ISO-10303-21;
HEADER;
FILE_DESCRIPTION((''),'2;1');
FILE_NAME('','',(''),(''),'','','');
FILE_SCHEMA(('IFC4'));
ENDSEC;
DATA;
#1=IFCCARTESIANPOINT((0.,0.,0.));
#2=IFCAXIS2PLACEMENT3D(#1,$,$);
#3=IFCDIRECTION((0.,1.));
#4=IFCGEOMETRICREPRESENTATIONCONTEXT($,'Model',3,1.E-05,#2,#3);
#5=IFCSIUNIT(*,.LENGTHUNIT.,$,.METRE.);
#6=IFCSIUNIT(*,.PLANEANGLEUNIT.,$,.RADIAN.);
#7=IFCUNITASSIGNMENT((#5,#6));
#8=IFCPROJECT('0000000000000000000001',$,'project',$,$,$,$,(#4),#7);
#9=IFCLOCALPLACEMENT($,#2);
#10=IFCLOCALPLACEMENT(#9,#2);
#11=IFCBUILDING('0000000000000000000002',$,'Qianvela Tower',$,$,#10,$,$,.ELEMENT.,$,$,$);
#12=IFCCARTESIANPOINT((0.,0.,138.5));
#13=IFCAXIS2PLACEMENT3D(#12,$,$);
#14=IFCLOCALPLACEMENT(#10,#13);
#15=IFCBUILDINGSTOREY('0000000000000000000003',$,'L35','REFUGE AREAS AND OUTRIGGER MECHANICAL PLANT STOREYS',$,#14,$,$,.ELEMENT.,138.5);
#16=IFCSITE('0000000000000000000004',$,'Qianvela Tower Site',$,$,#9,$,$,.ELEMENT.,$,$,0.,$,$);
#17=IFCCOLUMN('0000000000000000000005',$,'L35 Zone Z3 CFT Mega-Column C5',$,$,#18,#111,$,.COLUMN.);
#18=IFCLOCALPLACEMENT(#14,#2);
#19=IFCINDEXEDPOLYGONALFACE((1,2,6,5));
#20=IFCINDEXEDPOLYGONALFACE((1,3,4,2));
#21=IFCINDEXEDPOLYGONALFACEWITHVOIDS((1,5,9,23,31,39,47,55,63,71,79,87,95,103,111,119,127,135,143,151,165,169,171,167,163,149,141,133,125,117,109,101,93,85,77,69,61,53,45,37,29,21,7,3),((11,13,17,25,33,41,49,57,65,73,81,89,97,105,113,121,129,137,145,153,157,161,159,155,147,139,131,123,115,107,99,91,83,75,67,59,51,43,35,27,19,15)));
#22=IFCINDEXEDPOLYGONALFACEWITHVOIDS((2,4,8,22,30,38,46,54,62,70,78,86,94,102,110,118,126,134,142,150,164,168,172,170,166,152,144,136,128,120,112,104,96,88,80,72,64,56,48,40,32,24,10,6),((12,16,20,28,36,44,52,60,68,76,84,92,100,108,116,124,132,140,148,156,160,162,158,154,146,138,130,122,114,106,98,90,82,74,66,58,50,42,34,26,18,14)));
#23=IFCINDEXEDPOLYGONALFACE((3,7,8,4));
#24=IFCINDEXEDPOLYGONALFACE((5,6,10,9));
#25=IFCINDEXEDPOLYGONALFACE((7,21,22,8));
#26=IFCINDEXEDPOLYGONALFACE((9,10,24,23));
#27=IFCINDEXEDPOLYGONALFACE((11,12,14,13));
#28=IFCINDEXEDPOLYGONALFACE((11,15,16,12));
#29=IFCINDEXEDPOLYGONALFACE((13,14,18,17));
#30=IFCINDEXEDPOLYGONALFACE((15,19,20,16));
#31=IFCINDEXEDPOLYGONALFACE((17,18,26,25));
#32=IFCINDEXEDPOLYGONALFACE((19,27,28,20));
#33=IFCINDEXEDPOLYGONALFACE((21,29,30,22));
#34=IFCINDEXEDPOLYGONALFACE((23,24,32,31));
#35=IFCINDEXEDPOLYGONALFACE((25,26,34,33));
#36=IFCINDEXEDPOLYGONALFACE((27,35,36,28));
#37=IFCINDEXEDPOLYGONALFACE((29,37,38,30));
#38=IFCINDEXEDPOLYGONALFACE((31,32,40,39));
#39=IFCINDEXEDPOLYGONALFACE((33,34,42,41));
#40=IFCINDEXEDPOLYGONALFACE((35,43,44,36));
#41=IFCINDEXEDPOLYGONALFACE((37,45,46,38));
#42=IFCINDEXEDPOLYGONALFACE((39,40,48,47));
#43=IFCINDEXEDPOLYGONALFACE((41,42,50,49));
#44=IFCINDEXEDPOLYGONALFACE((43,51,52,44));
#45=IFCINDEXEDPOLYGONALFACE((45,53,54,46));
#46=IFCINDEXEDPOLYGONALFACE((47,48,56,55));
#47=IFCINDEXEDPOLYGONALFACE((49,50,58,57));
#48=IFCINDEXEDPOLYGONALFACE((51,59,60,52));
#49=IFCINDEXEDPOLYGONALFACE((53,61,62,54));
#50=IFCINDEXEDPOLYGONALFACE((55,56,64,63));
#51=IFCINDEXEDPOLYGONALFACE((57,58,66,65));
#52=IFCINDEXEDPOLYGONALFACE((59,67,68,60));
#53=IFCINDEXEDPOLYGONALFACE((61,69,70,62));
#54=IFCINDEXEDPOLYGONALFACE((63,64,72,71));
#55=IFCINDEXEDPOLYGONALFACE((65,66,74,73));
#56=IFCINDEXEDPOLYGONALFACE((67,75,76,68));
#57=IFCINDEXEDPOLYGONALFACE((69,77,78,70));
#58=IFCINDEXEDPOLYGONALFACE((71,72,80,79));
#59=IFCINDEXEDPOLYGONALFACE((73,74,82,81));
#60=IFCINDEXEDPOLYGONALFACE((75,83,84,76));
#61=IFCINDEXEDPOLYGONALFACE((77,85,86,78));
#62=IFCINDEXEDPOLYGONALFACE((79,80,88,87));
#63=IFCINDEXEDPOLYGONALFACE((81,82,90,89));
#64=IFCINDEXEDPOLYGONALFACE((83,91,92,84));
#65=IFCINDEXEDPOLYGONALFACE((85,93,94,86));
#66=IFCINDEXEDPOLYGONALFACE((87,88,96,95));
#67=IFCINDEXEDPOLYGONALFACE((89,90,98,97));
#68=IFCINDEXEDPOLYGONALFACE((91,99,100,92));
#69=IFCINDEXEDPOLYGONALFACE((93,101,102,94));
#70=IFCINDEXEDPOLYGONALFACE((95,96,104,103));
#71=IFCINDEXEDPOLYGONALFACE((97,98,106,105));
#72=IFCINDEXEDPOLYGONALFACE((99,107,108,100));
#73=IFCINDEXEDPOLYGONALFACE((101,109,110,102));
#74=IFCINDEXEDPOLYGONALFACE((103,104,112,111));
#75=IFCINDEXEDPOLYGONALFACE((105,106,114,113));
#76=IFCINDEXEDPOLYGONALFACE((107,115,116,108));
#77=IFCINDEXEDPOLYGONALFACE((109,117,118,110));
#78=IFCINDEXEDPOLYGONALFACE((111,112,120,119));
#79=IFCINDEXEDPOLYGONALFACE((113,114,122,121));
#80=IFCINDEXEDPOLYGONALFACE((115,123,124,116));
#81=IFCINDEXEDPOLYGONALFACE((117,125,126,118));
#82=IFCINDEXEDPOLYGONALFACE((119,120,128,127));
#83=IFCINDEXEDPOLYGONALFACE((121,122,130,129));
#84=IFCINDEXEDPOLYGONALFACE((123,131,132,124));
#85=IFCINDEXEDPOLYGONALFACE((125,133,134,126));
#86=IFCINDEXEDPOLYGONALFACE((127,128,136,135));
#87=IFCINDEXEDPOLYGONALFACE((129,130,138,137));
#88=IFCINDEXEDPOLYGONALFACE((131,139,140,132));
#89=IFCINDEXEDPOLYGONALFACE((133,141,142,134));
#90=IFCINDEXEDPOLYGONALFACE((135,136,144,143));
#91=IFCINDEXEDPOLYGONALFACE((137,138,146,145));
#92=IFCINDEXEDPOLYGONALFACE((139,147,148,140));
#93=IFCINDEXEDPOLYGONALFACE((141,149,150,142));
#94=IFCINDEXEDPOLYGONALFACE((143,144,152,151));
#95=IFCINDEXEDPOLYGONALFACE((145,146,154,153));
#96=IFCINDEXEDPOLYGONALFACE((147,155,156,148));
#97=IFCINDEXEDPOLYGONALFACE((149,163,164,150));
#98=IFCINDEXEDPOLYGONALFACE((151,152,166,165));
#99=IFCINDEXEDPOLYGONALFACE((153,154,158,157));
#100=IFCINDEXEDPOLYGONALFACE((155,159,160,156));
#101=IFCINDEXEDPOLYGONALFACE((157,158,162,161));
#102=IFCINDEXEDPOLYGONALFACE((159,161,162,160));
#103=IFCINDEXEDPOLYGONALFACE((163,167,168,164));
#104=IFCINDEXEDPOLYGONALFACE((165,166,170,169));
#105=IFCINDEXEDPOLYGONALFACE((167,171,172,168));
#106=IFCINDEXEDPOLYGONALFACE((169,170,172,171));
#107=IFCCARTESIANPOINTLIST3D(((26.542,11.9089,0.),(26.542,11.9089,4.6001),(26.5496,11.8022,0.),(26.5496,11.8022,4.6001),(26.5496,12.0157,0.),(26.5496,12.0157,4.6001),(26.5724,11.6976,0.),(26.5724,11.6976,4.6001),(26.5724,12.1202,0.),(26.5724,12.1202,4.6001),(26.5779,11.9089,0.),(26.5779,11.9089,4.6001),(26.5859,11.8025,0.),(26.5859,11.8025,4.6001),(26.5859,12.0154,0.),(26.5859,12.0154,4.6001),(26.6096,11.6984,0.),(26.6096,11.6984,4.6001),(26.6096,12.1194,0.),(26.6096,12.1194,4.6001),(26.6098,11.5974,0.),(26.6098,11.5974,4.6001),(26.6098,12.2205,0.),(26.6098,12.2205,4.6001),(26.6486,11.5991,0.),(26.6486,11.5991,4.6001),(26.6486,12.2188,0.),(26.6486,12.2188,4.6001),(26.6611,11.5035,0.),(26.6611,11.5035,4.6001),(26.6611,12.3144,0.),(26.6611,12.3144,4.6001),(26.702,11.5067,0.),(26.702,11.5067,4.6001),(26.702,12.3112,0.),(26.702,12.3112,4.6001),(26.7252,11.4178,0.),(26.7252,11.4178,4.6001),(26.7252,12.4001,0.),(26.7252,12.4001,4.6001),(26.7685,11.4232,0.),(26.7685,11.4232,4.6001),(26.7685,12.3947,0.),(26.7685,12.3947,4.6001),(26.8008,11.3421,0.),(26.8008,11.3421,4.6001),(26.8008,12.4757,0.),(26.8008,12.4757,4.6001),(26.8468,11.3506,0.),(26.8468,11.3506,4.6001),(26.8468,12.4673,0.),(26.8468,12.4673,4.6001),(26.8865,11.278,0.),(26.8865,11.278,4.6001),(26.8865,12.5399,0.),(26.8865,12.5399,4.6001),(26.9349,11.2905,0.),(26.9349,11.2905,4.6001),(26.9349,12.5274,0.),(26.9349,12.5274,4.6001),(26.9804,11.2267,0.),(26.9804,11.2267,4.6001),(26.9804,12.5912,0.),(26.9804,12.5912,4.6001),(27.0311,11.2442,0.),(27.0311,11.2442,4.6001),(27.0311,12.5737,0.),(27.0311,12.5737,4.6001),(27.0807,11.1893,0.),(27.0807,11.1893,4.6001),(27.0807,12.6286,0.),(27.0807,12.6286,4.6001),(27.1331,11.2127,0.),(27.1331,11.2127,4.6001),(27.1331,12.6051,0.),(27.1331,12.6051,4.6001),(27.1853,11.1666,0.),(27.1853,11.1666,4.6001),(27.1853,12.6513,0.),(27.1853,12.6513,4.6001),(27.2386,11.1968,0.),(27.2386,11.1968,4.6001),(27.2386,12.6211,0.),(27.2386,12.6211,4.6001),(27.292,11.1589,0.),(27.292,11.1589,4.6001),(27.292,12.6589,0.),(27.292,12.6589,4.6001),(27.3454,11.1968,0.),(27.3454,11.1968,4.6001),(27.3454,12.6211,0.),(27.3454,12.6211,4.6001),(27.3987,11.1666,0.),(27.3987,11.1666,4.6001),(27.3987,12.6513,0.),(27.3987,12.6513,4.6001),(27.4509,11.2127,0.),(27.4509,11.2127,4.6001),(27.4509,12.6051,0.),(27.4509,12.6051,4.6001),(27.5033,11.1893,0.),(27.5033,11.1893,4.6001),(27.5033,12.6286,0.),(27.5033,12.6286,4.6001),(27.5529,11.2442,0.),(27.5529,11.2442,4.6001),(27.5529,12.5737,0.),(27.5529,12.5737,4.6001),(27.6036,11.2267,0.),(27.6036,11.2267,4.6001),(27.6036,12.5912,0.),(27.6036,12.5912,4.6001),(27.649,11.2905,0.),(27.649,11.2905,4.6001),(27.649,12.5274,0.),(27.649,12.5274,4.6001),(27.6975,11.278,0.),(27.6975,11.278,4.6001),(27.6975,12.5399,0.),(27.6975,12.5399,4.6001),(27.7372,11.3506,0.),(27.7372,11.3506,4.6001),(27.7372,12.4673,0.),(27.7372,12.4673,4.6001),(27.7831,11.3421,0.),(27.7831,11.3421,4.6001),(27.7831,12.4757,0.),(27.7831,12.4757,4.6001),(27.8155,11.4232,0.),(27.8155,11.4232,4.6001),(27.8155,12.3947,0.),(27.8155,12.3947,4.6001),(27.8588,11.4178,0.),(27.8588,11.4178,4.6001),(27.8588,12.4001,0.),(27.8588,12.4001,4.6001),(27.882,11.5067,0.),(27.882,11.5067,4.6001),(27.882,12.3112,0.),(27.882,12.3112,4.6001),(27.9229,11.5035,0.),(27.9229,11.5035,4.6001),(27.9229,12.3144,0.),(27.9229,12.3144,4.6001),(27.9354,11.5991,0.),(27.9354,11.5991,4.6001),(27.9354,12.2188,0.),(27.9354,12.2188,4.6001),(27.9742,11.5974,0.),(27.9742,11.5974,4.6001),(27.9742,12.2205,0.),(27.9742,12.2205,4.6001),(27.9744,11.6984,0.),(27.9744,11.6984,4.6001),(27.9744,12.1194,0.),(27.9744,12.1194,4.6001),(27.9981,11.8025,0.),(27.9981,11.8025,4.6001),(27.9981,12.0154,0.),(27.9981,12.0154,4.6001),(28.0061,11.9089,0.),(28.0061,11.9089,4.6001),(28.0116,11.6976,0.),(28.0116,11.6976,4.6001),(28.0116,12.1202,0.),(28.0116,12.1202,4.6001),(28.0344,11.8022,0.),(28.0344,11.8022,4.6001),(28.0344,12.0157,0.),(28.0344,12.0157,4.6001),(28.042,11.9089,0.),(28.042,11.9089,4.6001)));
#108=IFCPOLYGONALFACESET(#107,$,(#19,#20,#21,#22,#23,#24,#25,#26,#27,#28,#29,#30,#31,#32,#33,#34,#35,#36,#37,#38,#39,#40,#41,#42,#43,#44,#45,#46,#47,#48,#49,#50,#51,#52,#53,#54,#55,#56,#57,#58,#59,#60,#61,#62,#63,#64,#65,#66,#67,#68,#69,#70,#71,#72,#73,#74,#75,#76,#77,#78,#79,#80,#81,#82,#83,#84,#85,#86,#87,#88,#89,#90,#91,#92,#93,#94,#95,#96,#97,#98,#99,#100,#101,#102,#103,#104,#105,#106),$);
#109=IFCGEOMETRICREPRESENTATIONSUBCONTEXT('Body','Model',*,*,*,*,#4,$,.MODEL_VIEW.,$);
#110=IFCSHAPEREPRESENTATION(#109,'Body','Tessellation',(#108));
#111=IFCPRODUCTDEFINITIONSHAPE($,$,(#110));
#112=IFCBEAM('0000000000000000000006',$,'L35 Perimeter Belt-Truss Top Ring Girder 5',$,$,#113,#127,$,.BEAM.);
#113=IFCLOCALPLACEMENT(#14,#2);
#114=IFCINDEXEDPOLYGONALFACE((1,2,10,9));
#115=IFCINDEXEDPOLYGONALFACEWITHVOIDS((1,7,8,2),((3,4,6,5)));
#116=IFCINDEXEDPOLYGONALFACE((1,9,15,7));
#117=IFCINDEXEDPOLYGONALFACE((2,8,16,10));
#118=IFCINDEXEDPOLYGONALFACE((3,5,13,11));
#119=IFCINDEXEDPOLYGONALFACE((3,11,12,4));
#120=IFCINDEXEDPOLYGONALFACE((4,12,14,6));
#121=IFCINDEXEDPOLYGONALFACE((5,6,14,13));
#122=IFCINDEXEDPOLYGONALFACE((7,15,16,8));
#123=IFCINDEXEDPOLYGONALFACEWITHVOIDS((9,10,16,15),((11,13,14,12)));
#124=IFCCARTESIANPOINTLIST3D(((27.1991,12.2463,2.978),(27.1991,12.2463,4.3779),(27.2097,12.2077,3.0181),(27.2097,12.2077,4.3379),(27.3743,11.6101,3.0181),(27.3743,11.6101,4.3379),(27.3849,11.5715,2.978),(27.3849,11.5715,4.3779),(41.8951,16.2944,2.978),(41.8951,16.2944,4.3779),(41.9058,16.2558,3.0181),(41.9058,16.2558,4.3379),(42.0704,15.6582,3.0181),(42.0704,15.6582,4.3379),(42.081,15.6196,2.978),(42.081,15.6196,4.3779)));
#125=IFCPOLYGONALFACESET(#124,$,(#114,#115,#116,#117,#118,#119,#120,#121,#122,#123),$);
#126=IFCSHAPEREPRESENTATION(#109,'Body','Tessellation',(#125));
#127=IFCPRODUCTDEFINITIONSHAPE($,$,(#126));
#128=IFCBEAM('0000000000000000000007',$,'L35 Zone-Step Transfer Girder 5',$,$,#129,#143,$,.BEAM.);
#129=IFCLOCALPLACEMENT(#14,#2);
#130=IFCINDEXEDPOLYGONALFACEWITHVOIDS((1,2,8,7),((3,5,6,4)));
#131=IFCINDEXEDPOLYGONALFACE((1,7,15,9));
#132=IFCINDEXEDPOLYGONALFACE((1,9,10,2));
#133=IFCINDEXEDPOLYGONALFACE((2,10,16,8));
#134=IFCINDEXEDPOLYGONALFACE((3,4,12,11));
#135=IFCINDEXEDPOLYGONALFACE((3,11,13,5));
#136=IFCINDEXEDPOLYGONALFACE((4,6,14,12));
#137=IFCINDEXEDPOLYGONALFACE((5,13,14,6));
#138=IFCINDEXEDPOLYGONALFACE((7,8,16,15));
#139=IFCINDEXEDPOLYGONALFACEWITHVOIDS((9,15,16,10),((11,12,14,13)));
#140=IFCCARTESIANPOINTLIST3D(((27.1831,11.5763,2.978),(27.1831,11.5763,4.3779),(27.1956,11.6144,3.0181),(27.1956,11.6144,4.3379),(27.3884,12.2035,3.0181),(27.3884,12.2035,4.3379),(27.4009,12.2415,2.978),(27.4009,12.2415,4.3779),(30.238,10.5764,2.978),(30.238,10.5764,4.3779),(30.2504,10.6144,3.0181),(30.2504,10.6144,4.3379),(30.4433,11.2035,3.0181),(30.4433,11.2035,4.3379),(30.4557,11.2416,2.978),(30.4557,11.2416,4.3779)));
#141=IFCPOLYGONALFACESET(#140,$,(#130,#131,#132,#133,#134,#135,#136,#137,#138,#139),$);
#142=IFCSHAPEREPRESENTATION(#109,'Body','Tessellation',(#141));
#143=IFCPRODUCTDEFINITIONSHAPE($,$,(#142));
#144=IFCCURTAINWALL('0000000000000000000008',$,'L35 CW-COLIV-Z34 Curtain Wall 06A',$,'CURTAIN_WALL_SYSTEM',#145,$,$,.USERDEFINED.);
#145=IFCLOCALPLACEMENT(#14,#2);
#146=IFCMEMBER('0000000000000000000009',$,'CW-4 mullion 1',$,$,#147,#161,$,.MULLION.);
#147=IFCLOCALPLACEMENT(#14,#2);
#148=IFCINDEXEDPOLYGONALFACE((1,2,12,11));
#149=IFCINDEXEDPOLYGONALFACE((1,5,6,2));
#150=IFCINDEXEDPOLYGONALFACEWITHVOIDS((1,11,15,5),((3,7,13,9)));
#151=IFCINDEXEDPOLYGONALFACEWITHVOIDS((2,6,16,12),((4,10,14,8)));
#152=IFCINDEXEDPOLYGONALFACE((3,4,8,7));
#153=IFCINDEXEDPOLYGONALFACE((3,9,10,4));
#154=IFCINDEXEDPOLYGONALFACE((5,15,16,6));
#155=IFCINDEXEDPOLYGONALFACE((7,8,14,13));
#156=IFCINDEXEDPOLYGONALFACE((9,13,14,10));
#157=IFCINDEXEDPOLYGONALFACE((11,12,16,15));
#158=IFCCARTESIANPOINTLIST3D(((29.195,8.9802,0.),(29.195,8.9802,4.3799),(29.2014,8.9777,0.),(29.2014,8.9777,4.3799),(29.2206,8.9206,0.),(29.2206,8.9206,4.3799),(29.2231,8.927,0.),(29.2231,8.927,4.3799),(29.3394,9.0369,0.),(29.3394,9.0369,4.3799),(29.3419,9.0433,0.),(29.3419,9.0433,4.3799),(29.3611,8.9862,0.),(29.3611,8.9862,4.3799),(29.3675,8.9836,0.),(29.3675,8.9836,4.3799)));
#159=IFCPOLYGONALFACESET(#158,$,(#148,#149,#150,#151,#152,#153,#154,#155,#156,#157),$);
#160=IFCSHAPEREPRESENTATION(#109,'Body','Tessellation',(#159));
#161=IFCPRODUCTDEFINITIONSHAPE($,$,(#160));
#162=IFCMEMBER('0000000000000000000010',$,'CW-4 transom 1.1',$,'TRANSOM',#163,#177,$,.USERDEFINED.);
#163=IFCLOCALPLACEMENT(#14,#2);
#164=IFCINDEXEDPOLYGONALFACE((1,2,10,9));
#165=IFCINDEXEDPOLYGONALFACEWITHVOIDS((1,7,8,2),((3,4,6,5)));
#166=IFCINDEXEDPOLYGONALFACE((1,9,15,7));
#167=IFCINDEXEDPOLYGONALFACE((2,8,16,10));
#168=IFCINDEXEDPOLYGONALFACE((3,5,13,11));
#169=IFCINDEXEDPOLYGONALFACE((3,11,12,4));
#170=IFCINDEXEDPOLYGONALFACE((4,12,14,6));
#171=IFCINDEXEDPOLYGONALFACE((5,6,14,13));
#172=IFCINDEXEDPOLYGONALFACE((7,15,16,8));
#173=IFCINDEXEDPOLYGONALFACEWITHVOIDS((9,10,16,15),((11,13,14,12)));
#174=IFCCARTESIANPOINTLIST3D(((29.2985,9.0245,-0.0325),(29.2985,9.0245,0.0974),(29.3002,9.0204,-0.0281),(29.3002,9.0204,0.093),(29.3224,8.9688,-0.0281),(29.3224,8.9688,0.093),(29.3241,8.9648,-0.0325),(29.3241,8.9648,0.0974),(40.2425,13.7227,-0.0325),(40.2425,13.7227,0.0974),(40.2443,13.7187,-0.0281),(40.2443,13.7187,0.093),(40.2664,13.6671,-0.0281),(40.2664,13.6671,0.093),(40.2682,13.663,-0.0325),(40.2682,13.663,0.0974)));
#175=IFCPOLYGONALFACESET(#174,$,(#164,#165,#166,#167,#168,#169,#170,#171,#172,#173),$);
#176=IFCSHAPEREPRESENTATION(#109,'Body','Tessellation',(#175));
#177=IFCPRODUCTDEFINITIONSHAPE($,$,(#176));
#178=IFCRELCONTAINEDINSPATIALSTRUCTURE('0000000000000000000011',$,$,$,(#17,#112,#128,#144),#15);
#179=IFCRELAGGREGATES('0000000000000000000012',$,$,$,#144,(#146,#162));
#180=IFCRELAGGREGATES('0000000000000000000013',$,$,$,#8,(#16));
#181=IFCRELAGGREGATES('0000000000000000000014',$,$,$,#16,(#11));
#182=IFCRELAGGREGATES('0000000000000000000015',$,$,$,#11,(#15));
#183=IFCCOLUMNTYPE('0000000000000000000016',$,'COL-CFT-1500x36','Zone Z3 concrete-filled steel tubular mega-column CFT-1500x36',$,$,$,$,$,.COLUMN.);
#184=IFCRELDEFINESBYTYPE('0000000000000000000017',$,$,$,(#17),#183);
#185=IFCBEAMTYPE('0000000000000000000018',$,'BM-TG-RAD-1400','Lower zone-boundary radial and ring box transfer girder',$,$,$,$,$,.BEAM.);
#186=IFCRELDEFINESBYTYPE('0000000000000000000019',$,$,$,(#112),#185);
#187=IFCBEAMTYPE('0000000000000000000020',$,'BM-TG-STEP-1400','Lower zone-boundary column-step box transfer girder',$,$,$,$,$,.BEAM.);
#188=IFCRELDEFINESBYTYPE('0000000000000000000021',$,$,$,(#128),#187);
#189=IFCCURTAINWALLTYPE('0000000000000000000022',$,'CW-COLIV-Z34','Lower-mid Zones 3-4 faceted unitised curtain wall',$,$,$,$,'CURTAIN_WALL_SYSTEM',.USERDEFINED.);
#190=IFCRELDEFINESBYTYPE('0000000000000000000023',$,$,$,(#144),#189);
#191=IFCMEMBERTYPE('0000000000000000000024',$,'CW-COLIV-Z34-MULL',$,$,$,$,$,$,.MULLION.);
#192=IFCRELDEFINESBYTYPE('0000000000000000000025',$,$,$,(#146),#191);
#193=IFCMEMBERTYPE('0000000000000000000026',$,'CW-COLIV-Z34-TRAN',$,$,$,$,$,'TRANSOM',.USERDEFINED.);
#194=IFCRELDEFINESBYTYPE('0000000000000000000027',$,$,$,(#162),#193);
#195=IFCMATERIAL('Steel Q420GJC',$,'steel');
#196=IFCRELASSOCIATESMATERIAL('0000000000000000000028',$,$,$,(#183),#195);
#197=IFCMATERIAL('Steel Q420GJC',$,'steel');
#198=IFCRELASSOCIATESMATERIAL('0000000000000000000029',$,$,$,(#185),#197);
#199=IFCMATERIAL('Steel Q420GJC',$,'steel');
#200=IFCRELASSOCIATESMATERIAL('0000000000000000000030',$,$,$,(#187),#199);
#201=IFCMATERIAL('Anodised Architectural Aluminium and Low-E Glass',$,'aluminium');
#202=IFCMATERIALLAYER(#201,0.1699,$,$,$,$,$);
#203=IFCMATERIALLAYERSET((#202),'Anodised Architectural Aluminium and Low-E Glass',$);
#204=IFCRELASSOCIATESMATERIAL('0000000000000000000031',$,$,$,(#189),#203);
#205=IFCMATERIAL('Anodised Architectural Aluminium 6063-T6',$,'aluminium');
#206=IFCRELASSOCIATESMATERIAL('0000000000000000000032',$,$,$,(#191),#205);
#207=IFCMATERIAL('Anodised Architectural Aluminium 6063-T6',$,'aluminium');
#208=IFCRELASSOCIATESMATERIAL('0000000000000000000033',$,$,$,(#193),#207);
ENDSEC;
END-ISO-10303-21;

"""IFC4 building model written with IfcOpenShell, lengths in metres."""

from ifc_helpers import new_model, si_unit, direction, frame, origin, origin_2d, place, context, subcontext, project, spatial, hollow_rectangle, hollow_circle, extrude, material, layer, layer_set, material_profile, profile_set, type_object, element, aggregate, save


model = new_model("IFC4")

# Units and contexts
model_context = context("Model", 3, precision=1e-05, world=origin(), true_north=direction((0.0, 1.0)))
body_context = subcontext(model_context, "Body", "Model", "MODEL_VIEW")
ifc_project = project(units=[si_unit("LENGTHUNIT", "METRE"), si_unit("PLANEANGLEUNIT", "RADIAN")], contexts=[model_context])

# Site, building, storey
site_placement = place(None, origin())
site = spatial("IfcSite", under=ifc_project, at=site_placement, Name="Qianvela Tower Site", CompositionType="ELEMENT", RefElevation=0.0)
building_placement = place(site_placement, origin())
building = spatial("IfcBuilding", under=site, at=building_placement, Name="Qianvela Tower", CompositionType="ELEMENT")
storey_placement = place(building_placement, frame((0.0, 0.0, 138.5)))
storey = spatial("IfcBuildingStorey", under=building, at=storey_placement, Name="L35", Description="REFUGE AREAS AND OUTRIGGER MECHANICAL PLANT STOREYS", CompositionType="ELEMENT", Elevation=138.5)

# Column
ifc_material_1 = material(Name="Steel Q420GJC", Category="steel")
ifc_material_profile_1 = material_profile(ifc_material_1, hollow_circle(Radius=0.75, WallThickness=0.0359, at=origin_2d()), Name="CFT-1500x36")
ifc_profile_set_1 = profile_set([ifc_material_profile_1], Name="Steel Q420GJC")
column_type = type_object("IfcColumnType", Name="COL-CFT-1500x36", Description="Zone Z3 concrete-filled steel tubular mega-column CFT-1500x36", PredefinedType="COLUMN", material=ifc_profile_set_1)
column_placement = place(storey_placement, frame((27.292, 11.9089, 0.0), z_axis=(0.0, 0.0, 1.0), x_axis=(1.0, 0.0, 0.0)))
element("IfcColumn", 1, at=column_placement, inside=storey, type_object=column_type, Name="L35 Zone Z3 CFT Mega-Column C5", PredefinedType="COLUMN", context=body_context, shape_type="SweptSolid", body=[
    extrude(hollow_circle(Radius=0.75, WallThickness=0.0359, at=origin_2d()), origin(), (0.0, 0.0, 1.0), 4.6001),
])

# Beams
ifc_material_2 = material(Name="Steel Q420GJC", Category="steel")
ifc_material_profile_2 = material_profile(ifc_material_2, hollow_rectangle(XDim=0.7, YDim=1.3999, WallThickness=0.04, at=origin_2d()), Name="TG-BOX-1400x700x40")
ifc_profile_set_2 = profile_set([ifc_material_profile_2], Name="Steel Q420GJC")
beam_type_1 = type_object("IfcBeamType", Name="BM-TG-RAD-1400", Description="Lower zone-boundary radial and ring box transfer girder", PredefinedType="BEAM", material=ifc_profile_set_2)
beam_1_placement = place(storey_placement, frame((27.292, 11.9089, 3.678), z_axis=(0.964093, 0.265564, 0.0), x_axis=(-0.265564, 0.964093, 0.0)))
element("IfcBeam", 2, at=beam_1_placement, inside=storey, type_object=beam_type_1, Name="L35 Perimeter Belt-Truss Top Ring Girder 5", PredefinedType="BEAM", context=body_context, shape_type="SweptSolid", body=[
    extrude(hollow_rectangle(XDim=0.7, YDim=1.3999, WallThickness=0.04, at=origin_2d()), origin(), (0.0, 0.0, 1.0), 15.2434),
])
ifc_material_3 = material(Name="Steel Q420GJC", Category="steel")
ifc_material_profile_3 = material_profile(ifc_material_3, hollow_rectangle(XDim=0.7, YDim=1.3999, WallThickness=0.04, at=origin_2d()), Name="TG-BOX-1400x700x40")
ifc_profile_set_3 = profile_set([ifc_material_profile_3], Name="Steel Q420GJC")
beam_type_2 = type_object("IfcBeamType", Name="BM-TG-STEP-1400", Description="Lower zone-boundary column-step box transfer girder", PredefinedType="BEAM", material=ifc_profile_set_3)
beam_2_placement = place(storey_placement, frame((27.292, 11.9089, 3.678), z_axis=(0.950378, -0.311096, 0.0), x_axis=(0.311096, 0.950378, 0.0)))
element("IfcBeam", 3, at=beam_2_placement, inside=storey, type_object=beam_type_2, Name="L35 Zone-Step Transfer Girder 5", PredefinedType="BEAM", context=body_context, shape_type="SweptSolid", body=[
    extrude(hollow_rectangle(XDim=0.7, YDim=1.3999, WallThickness=0.04, at=origin_2d()), origin(), (0.0, 0.0, 1.0), 3.2144),
])

# Curtain wall, members
ifc_material_4 = material(Name="Anodised Architectural Aluminium and Low-E Glass", Category="aluminium")
ifc_layer_1 = layer(ifc_material_4, 0.1699)
ifc_layer_set_1 = layer_set([ifc_layer_1], Name="Anodised Architectural Aluminium and Low-E Glass")
curtain_wall_type = type_object("IfcCurtainWallType", Name="CW-COLIV-Z34", Description="Lower-mid Zones 3-4 faceted unitised curtain wall", ElementType="CURTAIN_WALL_SYSTEM", PredefinedType="USERDEFINED", material=ifc_layer_set_1)
curtain_wall_placement = place(storey_placement, origin())
curtain_wall = element("IfcCurtainWall", 4, at=curtain_wall_placement, inside=storey, type_object=curtain_wall_type, Name="L35 CW-COLIV-Z34 Curtain Wall 06A", ObjectType="CURTAIN_WALL_SYSTEM", PredefinedType="USERDEFINED")
ifc_material_5 = material(Name="Anodised Architectural Aluminium 6063-T6", Category="aluminium")
ifc_material_profile_4 = material_profile(ifc_material_5, hollow_rectangle(XDim=0.0649, YDim=0.1599, WallThickness=0.0049, at=origin_2d()), Name="ALU-MULL-65x160")
ifc_profile_set_4 = profile_set([ifc_material_profile_4], Name="Anodised Architectural Aluminium 6063-T6")
member_type_1 = type_object("IfcMemberType", Name="CW-COLIV-Z34-MULL", PredefinedType="MULLION", material=ifc_profile_set_4)
member_1_placement = place(storey_placement, frame((29.2812, 8.9819, 0.0), z_axis=(0.0, 0.0, 1.0), x_axis=(-0.394475, 0.918907, 0.0)))
member_1 = element("IfcMember", 5, at=member_1_placement, type_object=member_type_1, Name="CW-4 mullion 1", PredefinedType="MULLION", context=body_context, shape_type="SweptSolid", body=[
    extrude(hollow_rectangle(XDim=0.0649, YDim=0.1599, WallThickness=0.0049, at=origin_2d()), origin(), (0.0, 0.0, 1.0), 4.3799),
])
ifc_material_6 = material(Name="Anodised Architectural Aluminium 6063-T6", Category="aluminium")
ifc_material_profile_5 = material_profile(ifc_material_6, hollow_rectangle(XDim=0.0649, YDim=0.1299, WallThickness=0.0044, at=origin_2d()), Name="ALU-TRAN-65x130")
ifc_profile_set_5 = profile_set([ifc_material_profile_5], Name="Anodised Architectural Aluminium 6063-T6")
member_type_2 = type_object("IfcMemberType", Name="CW-COLIV-Z34-TRAN", ElementType="TRANSOM", PredefinedType="USERDEFINED", material=ifc_profile_set_5)
member_2_placement = place(storey_placement, frame((29.3113, 8.9946, 0.0325), z_axis=(0.918904, 0.394481, 0.0), x_axis=(-0.394481, 0.918904, 0.0)))
member_2 = element("IfcMember", 6, at=member_2_placement, type_object=member_type_2, Name="CW-4 transom 1.1", ObjectType="TRANSOM", PredefinedType="USERDEFINED", context=body_context, shape_type="SweptSolid", body=[
    extrude(hollow_rectangle(XDim=0.0649, YDim=0.1299, WallThickness=0.0044, at=origin_2d()), origin(), (0.0, 0.0, 1.0), 11.9099),
])
aggregate(curtain_wall, [member_1, member_2])

save(model, "model.ifc")
